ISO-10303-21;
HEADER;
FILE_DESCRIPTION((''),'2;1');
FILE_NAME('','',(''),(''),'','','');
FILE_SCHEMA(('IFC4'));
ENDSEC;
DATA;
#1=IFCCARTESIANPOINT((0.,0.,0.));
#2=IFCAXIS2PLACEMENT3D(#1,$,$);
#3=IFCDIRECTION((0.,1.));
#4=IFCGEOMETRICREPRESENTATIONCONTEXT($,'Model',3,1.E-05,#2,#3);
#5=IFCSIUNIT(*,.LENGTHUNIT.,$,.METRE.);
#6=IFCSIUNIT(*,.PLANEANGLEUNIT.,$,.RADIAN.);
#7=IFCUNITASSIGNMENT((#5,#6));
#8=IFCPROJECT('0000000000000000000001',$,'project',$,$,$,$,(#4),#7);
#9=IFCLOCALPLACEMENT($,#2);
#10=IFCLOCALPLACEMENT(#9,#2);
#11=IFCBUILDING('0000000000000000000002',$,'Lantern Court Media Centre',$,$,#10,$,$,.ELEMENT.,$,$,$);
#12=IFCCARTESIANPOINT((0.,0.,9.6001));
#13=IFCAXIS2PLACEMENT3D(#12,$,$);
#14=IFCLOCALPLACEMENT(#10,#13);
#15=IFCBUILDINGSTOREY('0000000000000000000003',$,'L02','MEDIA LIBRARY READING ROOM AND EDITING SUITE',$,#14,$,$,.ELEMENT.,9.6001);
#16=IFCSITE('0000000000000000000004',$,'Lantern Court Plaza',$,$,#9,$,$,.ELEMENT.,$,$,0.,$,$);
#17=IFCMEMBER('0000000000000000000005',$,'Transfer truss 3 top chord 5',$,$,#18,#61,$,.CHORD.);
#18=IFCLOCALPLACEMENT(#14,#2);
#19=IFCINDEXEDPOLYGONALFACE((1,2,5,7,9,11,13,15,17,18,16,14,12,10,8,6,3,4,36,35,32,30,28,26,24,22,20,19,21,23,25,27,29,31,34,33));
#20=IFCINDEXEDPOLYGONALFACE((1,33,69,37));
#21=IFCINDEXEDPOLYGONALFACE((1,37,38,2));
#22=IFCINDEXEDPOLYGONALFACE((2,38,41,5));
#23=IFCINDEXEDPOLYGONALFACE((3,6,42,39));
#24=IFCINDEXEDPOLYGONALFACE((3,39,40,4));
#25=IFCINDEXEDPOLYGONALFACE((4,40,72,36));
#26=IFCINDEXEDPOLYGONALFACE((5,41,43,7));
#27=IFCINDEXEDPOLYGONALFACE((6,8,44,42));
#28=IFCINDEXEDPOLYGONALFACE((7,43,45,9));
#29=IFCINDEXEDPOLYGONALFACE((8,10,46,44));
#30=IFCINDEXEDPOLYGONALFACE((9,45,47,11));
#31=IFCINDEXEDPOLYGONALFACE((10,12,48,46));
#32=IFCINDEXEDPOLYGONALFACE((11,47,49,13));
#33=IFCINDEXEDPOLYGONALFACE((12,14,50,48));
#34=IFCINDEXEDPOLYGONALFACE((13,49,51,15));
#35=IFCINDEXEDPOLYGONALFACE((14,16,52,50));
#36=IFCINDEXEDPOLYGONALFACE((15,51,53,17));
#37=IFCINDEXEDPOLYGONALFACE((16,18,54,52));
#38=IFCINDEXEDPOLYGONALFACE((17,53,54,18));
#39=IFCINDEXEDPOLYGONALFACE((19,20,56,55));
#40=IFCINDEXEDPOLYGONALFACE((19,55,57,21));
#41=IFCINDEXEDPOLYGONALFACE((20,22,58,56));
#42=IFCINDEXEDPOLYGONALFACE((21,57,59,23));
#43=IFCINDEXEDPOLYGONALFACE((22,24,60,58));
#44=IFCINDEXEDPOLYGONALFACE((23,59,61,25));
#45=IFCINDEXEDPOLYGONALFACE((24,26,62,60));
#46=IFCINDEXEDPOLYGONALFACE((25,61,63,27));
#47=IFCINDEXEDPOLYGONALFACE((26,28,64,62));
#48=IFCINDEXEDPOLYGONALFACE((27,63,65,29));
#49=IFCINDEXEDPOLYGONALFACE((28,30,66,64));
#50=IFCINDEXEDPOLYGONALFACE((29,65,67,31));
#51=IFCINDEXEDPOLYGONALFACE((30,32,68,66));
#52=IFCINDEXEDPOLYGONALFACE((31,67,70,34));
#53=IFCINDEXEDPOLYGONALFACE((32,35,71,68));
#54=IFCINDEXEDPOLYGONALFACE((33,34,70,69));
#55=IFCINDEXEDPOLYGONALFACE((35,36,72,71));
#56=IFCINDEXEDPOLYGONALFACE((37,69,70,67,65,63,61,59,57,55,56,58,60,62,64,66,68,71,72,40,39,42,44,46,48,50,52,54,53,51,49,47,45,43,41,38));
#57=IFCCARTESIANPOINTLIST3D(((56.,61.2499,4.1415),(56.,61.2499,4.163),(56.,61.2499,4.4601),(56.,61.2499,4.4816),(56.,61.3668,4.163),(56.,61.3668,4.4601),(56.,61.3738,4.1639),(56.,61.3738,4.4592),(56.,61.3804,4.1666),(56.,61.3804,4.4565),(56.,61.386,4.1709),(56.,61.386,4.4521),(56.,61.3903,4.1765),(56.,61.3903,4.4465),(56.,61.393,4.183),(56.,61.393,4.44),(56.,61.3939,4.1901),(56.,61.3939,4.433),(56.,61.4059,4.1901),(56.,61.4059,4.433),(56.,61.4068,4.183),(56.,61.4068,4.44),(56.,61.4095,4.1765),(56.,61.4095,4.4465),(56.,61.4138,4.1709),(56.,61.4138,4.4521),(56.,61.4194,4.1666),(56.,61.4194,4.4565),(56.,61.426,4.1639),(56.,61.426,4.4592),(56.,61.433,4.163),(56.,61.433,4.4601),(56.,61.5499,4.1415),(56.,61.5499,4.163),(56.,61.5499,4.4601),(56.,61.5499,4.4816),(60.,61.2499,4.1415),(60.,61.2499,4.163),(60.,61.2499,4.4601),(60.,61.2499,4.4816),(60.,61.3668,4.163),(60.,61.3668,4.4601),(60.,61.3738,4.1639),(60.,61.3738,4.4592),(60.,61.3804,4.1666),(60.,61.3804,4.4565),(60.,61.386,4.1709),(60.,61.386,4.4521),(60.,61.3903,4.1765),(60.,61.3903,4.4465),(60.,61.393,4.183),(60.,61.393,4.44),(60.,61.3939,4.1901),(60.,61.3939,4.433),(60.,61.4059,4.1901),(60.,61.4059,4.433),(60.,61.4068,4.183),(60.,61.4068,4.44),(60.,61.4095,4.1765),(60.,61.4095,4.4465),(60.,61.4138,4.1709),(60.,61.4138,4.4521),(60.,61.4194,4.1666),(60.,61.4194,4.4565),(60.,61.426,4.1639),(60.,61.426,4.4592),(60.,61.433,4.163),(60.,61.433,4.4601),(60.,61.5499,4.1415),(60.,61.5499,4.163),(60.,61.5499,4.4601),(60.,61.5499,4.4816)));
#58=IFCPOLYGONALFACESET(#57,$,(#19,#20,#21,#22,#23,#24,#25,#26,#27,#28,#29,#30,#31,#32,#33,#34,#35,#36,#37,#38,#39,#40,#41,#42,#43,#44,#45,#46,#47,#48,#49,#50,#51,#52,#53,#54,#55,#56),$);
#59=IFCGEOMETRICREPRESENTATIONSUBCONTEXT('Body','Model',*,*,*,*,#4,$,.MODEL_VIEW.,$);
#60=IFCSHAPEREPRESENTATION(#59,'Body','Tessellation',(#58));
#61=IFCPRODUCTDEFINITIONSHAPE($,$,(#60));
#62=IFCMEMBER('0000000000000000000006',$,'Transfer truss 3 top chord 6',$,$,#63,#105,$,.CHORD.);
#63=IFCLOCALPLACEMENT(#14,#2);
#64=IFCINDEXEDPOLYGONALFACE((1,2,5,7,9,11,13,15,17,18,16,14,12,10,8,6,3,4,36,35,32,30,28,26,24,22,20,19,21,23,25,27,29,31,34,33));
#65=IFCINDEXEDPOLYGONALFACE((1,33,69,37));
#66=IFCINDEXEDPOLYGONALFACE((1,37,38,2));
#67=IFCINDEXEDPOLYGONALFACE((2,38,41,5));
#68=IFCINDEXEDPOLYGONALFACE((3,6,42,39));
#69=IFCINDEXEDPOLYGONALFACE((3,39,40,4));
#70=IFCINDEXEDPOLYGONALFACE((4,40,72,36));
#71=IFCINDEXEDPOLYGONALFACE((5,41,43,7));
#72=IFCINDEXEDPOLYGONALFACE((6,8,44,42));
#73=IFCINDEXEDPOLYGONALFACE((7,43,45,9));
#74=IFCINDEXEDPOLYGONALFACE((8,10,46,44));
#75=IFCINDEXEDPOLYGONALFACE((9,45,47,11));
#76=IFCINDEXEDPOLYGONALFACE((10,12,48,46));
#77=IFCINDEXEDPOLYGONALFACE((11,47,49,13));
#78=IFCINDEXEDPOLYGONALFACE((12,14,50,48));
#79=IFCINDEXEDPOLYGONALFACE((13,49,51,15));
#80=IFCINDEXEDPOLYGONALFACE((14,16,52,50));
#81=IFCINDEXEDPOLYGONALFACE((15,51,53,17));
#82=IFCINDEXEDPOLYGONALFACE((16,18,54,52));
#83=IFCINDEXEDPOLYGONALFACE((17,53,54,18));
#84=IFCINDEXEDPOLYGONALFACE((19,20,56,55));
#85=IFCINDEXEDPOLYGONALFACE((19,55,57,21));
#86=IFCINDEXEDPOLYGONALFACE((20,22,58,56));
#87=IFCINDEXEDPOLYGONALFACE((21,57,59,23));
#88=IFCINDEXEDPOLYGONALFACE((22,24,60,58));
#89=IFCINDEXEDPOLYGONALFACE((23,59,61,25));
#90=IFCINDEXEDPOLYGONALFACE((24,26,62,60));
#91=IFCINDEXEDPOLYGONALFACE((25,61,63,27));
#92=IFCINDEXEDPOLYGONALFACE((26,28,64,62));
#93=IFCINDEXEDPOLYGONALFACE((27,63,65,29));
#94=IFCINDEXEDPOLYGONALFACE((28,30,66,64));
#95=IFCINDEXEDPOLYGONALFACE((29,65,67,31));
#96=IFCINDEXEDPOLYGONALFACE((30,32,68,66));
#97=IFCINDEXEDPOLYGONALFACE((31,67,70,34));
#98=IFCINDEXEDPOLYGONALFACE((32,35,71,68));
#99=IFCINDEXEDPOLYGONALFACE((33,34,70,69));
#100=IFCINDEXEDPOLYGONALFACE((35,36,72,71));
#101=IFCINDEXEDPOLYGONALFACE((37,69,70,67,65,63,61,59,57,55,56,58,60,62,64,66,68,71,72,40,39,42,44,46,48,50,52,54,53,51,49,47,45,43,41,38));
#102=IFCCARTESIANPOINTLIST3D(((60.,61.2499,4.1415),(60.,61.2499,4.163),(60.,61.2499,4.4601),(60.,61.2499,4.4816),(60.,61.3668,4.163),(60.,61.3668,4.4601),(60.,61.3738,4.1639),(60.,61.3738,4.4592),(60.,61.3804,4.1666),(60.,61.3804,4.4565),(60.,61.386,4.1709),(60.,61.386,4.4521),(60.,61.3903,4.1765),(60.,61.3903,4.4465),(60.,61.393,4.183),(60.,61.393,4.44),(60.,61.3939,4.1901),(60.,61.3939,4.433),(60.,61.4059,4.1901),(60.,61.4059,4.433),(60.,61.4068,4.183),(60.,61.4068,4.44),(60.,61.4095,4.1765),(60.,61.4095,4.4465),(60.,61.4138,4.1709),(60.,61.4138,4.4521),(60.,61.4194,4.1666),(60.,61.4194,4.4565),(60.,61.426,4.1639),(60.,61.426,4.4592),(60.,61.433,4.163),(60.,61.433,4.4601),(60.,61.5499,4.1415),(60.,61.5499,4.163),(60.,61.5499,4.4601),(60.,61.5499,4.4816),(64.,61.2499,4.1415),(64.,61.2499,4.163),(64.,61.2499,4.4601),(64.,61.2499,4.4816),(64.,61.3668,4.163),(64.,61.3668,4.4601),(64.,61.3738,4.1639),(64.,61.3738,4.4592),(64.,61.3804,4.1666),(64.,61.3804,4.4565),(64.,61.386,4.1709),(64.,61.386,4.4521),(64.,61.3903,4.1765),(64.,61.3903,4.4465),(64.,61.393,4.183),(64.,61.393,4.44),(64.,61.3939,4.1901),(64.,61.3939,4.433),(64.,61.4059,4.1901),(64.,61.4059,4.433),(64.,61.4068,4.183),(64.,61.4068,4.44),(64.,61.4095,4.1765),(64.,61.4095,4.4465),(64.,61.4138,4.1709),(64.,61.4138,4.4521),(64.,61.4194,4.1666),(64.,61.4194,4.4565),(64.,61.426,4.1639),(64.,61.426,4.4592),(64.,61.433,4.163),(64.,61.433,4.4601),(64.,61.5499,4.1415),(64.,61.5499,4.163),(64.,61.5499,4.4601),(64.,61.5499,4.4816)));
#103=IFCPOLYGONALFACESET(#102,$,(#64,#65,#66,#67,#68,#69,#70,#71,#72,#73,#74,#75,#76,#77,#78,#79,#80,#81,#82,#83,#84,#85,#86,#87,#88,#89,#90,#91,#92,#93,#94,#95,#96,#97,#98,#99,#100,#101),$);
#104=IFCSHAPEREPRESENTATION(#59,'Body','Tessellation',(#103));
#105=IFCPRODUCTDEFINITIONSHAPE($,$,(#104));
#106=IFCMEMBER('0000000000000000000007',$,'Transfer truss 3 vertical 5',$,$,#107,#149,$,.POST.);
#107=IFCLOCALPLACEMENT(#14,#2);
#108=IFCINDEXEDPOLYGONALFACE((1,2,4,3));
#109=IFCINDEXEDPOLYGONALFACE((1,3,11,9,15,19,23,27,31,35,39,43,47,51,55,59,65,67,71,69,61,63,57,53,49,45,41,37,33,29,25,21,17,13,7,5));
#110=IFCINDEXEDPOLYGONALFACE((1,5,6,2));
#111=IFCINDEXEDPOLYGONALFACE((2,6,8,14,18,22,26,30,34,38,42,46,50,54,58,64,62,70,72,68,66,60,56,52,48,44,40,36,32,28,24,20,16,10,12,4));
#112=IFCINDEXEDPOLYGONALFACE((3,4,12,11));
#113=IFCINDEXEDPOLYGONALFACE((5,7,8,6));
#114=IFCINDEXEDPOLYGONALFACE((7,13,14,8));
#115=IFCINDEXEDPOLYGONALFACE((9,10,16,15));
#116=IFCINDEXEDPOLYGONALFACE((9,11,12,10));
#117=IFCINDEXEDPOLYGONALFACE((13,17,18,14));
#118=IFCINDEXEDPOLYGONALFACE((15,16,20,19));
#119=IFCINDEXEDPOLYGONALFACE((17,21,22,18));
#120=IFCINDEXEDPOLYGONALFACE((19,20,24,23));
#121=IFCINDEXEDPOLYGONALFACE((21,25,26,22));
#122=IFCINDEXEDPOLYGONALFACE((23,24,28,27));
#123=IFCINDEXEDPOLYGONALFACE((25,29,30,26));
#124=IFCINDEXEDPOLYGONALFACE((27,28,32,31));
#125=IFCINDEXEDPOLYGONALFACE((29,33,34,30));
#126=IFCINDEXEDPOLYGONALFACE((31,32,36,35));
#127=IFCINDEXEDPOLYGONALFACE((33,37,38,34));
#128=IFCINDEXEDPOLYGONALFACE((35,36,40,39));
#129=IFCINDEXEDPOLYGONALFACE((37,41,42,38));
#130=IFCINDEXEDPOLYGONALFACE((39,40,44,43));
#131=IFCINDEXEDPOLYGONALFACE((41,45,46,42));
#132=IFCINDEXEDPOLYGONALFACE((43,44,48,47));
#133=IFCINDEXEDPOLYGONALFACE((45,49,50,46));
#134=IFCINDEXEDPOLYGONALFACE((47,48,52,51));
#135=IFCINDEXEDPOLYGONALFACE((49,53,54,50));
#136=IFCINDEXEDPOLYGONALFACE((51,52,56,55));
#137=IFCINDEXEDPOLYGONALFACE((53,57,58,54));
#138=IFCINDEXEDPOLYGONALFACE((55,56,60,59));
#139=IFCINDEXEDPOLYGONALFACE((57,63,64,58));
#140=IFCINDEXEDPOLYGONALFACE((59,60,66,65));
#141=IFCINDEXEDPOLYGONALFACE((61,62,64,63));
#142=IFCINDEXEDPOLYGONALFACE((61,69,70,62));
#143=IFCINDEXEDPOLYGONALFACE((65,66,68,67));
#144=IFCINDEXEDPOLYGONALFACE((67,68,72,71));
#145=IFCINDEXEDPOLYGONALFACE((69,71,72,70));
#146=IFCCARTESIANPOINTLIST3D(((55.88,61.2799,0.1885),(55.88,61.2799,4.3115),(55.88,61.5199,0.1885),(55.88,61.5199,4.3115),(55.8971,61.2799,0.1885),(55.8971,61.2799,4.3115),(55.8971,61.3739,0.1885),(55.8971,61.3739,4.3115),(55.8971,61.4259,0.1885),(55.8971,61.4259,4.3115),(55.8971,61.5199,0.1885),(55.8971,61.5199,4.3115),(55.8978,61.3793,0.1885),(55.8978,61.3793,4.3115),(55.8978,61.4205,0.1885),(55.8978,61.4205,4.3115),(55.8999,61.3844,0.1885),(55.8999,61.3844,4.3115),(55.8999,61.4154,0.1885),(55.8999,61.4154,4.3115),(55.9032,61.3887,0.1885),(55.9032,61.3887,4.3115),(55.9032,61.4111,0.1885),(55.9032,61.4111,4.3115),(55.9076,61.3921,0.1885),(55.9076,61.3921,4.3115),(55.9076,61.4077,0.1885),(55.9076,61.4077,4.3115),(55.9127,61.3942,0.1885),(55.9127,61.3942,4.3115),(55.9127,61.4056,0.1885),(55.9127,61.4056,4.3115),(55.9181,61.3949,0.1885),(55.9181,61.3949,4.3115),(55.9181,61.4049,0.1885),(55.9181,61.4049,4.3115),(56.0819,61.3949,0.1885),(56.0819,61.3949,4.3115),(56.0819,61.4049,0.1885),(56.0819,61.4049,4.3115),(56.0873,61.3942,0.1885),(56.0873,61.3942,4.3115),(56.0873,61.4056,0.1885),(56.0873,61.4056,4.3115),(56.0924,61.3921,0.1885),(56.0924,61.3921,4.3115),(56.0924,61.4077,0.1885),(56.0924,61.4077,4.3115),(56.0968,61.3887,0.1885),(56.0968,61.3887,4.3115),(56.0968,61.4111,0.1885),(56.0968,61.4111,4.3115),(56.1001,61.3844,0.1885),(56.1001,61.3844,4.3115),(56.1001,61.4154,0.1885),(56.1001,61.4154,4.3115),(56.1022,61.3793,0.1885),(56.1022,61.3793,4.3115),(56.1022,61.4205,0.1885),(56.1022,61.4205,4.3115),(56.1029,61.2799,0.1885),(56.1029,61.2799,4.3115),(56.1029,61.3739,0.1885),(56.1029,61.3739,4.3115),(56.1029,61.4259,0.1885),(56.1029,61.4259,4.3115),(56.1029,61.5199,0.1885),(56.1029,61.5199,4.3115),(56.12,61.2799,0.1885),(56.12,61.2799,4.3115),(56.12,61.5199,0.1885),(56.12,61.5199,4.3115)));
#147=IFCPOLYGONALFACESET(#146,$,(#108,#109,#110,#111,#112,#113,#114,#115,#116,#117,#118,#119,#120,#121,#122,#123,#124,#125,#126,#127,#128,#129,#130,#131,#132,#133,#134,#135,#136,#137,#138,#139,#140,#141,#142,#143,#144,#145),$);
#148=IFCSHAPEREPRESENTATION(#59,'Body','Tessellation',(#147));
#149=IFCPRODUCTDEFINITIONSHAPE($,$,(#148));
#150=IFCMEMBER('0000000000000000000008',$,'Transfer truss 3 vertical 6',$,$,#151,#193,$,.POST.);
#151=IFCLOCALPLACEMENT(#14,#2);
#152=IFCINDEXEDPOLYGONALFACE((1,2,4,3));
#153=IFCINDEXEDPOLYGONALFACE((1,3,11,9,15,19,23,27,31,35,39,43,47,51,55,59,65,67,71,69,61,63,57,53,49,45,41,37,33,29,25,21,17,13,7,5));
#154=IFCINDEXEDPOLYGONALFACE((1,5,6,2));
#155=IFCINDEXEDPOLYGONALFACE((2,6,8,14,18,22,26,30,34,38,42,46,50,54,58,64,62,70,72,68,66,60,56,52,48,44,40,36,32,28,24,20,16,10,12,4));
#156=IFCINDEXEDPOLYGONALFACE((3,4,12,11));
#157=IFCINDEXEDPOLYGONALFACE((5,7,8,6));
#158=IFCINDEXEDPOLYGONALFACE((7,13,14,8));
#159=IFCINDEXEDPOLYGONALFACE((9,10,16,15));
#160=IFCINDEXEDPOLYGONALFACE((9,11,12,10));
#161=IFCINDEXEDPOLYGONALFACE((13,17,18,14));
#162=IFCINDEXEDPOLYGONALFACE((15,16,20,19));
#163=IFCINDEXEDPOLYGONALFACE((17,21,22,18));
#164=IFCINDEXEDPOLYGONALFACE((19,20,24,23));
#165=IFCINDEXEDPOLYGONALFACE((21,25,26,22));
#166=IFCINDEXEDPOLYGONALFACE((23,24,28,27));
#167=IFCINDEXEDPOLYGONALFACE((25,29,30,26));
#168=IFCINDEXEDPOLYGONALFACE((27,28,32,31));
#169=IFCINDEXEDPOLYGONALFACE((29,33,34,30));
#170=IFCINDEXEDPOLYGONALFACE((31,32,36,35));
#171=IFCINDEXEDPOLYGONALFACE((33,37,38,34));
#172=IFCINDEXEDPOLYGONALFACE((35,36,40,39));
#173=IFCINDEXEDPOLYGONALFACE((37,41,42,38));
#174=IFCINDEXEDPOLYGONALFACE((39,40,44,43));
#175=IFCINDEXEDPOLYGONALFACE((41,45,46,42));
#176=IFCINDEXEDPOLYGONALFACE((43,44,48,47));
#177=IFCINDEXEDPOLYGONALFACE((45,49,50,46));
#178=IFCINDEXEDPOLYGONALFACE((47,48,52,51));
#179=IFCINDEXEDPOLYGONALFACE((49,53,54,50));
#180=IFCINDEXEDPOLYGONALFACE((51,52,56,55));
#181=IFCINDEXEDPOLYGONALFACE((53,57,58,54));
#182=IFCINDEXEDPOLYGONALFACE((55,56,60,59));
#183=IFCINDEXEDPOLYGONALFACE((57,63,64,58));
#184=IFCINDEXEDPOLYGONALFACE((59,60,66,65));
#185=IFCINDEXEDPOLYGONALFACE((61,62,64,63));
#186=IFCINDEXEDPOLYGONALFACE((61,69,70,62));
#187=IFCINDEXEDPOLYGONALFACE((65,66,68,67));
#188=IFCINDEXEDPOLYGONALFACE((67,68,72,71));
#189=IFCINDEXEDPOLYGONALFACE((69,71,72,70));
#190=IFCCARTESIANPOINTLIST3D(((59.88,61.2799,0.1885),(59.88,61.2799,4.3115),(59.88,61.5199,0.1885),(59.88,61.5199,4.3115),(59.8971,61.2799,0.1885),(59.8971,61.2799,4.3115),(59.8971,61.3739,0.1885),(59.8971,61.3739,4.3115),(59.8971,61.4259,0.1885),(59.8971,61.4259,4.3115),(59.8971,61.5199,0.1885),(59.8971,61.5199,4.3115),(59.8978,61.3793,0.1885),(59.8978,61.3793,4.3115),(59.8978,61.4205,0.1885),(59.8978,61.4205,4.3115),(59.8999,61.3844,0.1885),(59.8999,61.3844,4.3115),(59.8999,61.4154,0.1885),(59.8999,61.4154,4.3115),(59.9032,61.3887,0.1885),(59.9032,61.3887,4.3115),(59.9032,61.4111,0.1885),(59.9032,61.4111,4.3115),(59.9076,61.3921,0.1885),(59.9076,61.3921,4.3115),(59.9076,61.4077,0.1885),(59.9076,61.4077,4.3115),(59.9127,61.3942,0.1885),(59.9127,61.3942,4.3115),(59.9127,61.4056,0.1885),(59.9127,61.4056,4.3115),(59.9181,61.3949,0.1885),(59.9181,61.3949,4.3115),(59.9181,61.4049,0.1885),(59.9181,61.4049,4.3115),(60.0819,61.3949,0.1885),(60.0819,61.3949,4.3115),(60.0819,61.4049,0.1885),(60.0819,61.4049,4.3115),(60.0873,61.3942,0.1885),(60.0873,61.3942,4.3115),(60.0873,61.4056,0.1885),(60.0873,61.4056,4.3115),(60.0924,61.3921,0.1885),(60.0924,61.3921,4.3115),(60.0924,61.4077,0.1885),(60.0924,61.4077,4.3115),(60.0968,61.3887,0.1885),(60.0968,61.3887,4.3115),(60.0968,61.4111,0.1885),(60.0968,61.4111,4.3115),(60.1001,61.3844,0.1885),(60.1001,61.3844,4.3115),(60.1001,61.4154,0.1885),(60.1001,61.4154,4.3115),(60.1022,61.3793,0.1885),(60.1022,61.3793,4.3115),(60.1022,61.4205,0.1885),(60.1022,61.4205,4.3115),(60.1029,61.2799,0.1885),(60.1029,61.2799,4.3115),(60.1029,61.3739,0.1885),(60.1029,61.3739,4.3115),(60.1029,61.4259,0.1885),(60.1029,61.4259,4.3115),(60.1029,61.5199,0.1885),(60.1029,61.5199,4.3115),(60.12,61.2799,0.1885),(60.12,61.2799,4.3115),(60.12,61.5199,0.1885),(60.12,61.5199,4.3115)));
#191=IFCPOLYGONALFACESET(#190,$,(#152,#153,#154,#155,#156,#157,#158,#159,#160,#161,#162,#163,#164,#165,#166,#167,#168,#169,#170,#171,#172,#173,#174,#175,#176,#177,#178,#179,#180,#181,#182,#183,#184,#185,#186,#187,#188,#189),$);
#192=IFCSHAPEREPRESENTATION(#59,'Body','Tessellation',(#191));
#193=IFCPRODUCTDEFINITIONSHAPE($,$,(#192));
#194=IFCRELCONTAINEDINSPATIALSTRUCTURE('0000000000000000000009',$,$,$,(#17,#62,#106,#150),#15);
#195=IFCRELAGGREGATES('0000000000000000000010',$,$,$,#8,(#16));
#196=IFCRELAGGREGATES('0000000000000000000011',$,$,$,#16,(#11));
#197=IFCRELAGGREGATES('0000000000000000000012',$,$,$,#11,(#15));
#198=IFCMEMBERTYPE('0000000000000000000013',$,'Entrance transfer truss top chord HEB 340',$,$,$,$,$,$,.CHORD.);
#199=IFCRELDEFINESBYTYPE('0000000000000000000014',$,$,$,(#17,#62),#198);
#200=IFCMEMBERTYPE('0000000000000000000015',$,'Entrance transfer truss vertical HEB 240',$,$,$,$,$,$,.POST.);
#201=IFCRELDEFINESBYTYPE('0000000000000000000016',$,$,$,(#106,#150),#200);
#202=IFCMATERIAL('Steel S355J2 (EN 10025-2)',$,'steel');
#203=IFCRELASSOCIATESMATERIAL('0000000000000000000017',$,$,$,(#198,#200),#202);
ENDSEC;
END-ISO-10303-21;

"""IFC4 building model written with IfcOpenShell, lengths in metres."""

from ifc_helpers import new_model, si_unit, direction, frame, origin, origin_2d, place, context, subcontext, project, spatial, i_section, extrude, material, material_profile, profile_set, type_object, element, save


model = new_model("IFC4")

# Units and contexts
model_context = context("Model", 3, precision=1e-05, world=origin(), true_north=direction((0.0, 1.0)))
body_context = subcontext(model_context, "Body", "Model", "MODEL_VIEW")
ifc_project = project(units=[si_unit("LENGTHUNIT", "METRE"), si_unit("PLANEANGLEUNIT", "RADIAN")], contexts=[model_context])

# Site, building, storey
site_placement = place(None, origin())
site = spatial("IfcSite", under=ifc_project, at=site_placement, Name="Lantern Court Plaza", CompositionType="ELEMENT", RefElevation=0.0)
building_placement = place(site_placement, origin())
building = spatial("IfcBuilding", under=site, at=building_placement, Name="Lantern Court Media Centre", CompositionType="ELEMENT")
storey_placement = place(building_placement, frame((0.0, 0.0, 9.6001)))
storey = spatial("IfcBuildingStorey", under=building, at=storey_placement, Name="L02", Description="MEDIA LIBRARY READING ROOM AND EDITING SUITE", CompositionType="ELEMENT", Elevation=9.6001)

# Members
ifc_material_1 = material(Name="Steel S355J2 (EN 10025-2)", Category="steel")
ifc_material_profile_1 = material_profile(ifc_material_1, i_section(OverallWidth=0.3, OverallDepth=0.3401, WebThickness=0.012, FlangeThickness=0.0215, FilletRadius=0.0271, at=origin_2d()), Name="HEB 340")
ifc_profile_set_1 = profile_set([ifc_material_profile_1], Name="Steel S355J2 (EN 10025-2)")
member_type_1 = type_object("IfcMemberType", Name="Entrance transfer truss top chord HEB 340", PredefinedType="CHORD", material=ifc_profile_set_1)
for number, where, z_axis, x_axis, name in (
    (1, (56.0, 61.3999, 4.3115), (1.0, 0.0, 0.0), (0.0, 1.0, 0.0), "Transfer truss 3 top chord 5"),
    (2, (60.0, 61.3999, 4.3115), (1.0, 0.0, 0.0), (0.0, 1.0, 0.0), "Transfer truss 3 top chord 6"),
):
    element("IfcMember", number, at=place(storey_placement, frame(where, z_axis=z_axis, x_axis=x_axis)), inside=storey, type_object=member_type_1, Name=name, PredefinedType="CHORD", context=body_context, shape_type="SweptSolid", body=[
        extrude(i_section(OverallWidth=0.3, OverallDepth=0.3401, WebThickness=0.012, FlangeThickness=0.0215, FilletRadius=0.0271, at=origin_2d()), origin(), (0.0, 0.0, 1.0), 4.0),
    ])
ifc_material_profile_2 = material_profile(ifc_material_1, i_section(OverallWidth=0.24, OverallDepth=0.24, WebThickness=0.01, FlangeThickness=0.0171, FilletRadius=0.021, at=origin_2d()), Name="HEB 240")
ifc_profile_set_2 = profile_set([ifc_material_profile_2], Name="Steel S355J2 (EN 10025-2)")
member_type_2 = type_object("IfcMemberType", Name="Entrance transfer truss vertical HEB 240", PredefinedType="POST", material=ifc_profile_set_2)
for number, where, z_axis, x_axis, name in (
    (3, (56.0, 61.3999, 0.1885), (0.0, 0.0, 1.0), (0.0, 1.0, 0.0), "Transfer truss 3 vertical 5"),
    (4, (60.0, 61.3999, 0.1885), (0.0, 0.0, 1.0), (0.0, 1.0, 0.0), "Transfer truss 3 vertical 6"),
):
    element("IfcMember", number, at=place(storey_placement, frame(where, z_axis=z_axis, x_axis=x_axis)), inside=storey, type_object=member_type_2, Name=name, PredefinedType="POST", context=body_context, shape_type="SweptSolid", body=[
        extrude(i_section(OverallWidth=0.24, OverallDepth=0.24, WebThickness=0.01, FlangeThickness=0.0171, FilletRadius=0.021, at=origin_2d()), origin(), (0.0, 0.0, 1.0), 4.123),
    ])

save(model, "model.ifc")
